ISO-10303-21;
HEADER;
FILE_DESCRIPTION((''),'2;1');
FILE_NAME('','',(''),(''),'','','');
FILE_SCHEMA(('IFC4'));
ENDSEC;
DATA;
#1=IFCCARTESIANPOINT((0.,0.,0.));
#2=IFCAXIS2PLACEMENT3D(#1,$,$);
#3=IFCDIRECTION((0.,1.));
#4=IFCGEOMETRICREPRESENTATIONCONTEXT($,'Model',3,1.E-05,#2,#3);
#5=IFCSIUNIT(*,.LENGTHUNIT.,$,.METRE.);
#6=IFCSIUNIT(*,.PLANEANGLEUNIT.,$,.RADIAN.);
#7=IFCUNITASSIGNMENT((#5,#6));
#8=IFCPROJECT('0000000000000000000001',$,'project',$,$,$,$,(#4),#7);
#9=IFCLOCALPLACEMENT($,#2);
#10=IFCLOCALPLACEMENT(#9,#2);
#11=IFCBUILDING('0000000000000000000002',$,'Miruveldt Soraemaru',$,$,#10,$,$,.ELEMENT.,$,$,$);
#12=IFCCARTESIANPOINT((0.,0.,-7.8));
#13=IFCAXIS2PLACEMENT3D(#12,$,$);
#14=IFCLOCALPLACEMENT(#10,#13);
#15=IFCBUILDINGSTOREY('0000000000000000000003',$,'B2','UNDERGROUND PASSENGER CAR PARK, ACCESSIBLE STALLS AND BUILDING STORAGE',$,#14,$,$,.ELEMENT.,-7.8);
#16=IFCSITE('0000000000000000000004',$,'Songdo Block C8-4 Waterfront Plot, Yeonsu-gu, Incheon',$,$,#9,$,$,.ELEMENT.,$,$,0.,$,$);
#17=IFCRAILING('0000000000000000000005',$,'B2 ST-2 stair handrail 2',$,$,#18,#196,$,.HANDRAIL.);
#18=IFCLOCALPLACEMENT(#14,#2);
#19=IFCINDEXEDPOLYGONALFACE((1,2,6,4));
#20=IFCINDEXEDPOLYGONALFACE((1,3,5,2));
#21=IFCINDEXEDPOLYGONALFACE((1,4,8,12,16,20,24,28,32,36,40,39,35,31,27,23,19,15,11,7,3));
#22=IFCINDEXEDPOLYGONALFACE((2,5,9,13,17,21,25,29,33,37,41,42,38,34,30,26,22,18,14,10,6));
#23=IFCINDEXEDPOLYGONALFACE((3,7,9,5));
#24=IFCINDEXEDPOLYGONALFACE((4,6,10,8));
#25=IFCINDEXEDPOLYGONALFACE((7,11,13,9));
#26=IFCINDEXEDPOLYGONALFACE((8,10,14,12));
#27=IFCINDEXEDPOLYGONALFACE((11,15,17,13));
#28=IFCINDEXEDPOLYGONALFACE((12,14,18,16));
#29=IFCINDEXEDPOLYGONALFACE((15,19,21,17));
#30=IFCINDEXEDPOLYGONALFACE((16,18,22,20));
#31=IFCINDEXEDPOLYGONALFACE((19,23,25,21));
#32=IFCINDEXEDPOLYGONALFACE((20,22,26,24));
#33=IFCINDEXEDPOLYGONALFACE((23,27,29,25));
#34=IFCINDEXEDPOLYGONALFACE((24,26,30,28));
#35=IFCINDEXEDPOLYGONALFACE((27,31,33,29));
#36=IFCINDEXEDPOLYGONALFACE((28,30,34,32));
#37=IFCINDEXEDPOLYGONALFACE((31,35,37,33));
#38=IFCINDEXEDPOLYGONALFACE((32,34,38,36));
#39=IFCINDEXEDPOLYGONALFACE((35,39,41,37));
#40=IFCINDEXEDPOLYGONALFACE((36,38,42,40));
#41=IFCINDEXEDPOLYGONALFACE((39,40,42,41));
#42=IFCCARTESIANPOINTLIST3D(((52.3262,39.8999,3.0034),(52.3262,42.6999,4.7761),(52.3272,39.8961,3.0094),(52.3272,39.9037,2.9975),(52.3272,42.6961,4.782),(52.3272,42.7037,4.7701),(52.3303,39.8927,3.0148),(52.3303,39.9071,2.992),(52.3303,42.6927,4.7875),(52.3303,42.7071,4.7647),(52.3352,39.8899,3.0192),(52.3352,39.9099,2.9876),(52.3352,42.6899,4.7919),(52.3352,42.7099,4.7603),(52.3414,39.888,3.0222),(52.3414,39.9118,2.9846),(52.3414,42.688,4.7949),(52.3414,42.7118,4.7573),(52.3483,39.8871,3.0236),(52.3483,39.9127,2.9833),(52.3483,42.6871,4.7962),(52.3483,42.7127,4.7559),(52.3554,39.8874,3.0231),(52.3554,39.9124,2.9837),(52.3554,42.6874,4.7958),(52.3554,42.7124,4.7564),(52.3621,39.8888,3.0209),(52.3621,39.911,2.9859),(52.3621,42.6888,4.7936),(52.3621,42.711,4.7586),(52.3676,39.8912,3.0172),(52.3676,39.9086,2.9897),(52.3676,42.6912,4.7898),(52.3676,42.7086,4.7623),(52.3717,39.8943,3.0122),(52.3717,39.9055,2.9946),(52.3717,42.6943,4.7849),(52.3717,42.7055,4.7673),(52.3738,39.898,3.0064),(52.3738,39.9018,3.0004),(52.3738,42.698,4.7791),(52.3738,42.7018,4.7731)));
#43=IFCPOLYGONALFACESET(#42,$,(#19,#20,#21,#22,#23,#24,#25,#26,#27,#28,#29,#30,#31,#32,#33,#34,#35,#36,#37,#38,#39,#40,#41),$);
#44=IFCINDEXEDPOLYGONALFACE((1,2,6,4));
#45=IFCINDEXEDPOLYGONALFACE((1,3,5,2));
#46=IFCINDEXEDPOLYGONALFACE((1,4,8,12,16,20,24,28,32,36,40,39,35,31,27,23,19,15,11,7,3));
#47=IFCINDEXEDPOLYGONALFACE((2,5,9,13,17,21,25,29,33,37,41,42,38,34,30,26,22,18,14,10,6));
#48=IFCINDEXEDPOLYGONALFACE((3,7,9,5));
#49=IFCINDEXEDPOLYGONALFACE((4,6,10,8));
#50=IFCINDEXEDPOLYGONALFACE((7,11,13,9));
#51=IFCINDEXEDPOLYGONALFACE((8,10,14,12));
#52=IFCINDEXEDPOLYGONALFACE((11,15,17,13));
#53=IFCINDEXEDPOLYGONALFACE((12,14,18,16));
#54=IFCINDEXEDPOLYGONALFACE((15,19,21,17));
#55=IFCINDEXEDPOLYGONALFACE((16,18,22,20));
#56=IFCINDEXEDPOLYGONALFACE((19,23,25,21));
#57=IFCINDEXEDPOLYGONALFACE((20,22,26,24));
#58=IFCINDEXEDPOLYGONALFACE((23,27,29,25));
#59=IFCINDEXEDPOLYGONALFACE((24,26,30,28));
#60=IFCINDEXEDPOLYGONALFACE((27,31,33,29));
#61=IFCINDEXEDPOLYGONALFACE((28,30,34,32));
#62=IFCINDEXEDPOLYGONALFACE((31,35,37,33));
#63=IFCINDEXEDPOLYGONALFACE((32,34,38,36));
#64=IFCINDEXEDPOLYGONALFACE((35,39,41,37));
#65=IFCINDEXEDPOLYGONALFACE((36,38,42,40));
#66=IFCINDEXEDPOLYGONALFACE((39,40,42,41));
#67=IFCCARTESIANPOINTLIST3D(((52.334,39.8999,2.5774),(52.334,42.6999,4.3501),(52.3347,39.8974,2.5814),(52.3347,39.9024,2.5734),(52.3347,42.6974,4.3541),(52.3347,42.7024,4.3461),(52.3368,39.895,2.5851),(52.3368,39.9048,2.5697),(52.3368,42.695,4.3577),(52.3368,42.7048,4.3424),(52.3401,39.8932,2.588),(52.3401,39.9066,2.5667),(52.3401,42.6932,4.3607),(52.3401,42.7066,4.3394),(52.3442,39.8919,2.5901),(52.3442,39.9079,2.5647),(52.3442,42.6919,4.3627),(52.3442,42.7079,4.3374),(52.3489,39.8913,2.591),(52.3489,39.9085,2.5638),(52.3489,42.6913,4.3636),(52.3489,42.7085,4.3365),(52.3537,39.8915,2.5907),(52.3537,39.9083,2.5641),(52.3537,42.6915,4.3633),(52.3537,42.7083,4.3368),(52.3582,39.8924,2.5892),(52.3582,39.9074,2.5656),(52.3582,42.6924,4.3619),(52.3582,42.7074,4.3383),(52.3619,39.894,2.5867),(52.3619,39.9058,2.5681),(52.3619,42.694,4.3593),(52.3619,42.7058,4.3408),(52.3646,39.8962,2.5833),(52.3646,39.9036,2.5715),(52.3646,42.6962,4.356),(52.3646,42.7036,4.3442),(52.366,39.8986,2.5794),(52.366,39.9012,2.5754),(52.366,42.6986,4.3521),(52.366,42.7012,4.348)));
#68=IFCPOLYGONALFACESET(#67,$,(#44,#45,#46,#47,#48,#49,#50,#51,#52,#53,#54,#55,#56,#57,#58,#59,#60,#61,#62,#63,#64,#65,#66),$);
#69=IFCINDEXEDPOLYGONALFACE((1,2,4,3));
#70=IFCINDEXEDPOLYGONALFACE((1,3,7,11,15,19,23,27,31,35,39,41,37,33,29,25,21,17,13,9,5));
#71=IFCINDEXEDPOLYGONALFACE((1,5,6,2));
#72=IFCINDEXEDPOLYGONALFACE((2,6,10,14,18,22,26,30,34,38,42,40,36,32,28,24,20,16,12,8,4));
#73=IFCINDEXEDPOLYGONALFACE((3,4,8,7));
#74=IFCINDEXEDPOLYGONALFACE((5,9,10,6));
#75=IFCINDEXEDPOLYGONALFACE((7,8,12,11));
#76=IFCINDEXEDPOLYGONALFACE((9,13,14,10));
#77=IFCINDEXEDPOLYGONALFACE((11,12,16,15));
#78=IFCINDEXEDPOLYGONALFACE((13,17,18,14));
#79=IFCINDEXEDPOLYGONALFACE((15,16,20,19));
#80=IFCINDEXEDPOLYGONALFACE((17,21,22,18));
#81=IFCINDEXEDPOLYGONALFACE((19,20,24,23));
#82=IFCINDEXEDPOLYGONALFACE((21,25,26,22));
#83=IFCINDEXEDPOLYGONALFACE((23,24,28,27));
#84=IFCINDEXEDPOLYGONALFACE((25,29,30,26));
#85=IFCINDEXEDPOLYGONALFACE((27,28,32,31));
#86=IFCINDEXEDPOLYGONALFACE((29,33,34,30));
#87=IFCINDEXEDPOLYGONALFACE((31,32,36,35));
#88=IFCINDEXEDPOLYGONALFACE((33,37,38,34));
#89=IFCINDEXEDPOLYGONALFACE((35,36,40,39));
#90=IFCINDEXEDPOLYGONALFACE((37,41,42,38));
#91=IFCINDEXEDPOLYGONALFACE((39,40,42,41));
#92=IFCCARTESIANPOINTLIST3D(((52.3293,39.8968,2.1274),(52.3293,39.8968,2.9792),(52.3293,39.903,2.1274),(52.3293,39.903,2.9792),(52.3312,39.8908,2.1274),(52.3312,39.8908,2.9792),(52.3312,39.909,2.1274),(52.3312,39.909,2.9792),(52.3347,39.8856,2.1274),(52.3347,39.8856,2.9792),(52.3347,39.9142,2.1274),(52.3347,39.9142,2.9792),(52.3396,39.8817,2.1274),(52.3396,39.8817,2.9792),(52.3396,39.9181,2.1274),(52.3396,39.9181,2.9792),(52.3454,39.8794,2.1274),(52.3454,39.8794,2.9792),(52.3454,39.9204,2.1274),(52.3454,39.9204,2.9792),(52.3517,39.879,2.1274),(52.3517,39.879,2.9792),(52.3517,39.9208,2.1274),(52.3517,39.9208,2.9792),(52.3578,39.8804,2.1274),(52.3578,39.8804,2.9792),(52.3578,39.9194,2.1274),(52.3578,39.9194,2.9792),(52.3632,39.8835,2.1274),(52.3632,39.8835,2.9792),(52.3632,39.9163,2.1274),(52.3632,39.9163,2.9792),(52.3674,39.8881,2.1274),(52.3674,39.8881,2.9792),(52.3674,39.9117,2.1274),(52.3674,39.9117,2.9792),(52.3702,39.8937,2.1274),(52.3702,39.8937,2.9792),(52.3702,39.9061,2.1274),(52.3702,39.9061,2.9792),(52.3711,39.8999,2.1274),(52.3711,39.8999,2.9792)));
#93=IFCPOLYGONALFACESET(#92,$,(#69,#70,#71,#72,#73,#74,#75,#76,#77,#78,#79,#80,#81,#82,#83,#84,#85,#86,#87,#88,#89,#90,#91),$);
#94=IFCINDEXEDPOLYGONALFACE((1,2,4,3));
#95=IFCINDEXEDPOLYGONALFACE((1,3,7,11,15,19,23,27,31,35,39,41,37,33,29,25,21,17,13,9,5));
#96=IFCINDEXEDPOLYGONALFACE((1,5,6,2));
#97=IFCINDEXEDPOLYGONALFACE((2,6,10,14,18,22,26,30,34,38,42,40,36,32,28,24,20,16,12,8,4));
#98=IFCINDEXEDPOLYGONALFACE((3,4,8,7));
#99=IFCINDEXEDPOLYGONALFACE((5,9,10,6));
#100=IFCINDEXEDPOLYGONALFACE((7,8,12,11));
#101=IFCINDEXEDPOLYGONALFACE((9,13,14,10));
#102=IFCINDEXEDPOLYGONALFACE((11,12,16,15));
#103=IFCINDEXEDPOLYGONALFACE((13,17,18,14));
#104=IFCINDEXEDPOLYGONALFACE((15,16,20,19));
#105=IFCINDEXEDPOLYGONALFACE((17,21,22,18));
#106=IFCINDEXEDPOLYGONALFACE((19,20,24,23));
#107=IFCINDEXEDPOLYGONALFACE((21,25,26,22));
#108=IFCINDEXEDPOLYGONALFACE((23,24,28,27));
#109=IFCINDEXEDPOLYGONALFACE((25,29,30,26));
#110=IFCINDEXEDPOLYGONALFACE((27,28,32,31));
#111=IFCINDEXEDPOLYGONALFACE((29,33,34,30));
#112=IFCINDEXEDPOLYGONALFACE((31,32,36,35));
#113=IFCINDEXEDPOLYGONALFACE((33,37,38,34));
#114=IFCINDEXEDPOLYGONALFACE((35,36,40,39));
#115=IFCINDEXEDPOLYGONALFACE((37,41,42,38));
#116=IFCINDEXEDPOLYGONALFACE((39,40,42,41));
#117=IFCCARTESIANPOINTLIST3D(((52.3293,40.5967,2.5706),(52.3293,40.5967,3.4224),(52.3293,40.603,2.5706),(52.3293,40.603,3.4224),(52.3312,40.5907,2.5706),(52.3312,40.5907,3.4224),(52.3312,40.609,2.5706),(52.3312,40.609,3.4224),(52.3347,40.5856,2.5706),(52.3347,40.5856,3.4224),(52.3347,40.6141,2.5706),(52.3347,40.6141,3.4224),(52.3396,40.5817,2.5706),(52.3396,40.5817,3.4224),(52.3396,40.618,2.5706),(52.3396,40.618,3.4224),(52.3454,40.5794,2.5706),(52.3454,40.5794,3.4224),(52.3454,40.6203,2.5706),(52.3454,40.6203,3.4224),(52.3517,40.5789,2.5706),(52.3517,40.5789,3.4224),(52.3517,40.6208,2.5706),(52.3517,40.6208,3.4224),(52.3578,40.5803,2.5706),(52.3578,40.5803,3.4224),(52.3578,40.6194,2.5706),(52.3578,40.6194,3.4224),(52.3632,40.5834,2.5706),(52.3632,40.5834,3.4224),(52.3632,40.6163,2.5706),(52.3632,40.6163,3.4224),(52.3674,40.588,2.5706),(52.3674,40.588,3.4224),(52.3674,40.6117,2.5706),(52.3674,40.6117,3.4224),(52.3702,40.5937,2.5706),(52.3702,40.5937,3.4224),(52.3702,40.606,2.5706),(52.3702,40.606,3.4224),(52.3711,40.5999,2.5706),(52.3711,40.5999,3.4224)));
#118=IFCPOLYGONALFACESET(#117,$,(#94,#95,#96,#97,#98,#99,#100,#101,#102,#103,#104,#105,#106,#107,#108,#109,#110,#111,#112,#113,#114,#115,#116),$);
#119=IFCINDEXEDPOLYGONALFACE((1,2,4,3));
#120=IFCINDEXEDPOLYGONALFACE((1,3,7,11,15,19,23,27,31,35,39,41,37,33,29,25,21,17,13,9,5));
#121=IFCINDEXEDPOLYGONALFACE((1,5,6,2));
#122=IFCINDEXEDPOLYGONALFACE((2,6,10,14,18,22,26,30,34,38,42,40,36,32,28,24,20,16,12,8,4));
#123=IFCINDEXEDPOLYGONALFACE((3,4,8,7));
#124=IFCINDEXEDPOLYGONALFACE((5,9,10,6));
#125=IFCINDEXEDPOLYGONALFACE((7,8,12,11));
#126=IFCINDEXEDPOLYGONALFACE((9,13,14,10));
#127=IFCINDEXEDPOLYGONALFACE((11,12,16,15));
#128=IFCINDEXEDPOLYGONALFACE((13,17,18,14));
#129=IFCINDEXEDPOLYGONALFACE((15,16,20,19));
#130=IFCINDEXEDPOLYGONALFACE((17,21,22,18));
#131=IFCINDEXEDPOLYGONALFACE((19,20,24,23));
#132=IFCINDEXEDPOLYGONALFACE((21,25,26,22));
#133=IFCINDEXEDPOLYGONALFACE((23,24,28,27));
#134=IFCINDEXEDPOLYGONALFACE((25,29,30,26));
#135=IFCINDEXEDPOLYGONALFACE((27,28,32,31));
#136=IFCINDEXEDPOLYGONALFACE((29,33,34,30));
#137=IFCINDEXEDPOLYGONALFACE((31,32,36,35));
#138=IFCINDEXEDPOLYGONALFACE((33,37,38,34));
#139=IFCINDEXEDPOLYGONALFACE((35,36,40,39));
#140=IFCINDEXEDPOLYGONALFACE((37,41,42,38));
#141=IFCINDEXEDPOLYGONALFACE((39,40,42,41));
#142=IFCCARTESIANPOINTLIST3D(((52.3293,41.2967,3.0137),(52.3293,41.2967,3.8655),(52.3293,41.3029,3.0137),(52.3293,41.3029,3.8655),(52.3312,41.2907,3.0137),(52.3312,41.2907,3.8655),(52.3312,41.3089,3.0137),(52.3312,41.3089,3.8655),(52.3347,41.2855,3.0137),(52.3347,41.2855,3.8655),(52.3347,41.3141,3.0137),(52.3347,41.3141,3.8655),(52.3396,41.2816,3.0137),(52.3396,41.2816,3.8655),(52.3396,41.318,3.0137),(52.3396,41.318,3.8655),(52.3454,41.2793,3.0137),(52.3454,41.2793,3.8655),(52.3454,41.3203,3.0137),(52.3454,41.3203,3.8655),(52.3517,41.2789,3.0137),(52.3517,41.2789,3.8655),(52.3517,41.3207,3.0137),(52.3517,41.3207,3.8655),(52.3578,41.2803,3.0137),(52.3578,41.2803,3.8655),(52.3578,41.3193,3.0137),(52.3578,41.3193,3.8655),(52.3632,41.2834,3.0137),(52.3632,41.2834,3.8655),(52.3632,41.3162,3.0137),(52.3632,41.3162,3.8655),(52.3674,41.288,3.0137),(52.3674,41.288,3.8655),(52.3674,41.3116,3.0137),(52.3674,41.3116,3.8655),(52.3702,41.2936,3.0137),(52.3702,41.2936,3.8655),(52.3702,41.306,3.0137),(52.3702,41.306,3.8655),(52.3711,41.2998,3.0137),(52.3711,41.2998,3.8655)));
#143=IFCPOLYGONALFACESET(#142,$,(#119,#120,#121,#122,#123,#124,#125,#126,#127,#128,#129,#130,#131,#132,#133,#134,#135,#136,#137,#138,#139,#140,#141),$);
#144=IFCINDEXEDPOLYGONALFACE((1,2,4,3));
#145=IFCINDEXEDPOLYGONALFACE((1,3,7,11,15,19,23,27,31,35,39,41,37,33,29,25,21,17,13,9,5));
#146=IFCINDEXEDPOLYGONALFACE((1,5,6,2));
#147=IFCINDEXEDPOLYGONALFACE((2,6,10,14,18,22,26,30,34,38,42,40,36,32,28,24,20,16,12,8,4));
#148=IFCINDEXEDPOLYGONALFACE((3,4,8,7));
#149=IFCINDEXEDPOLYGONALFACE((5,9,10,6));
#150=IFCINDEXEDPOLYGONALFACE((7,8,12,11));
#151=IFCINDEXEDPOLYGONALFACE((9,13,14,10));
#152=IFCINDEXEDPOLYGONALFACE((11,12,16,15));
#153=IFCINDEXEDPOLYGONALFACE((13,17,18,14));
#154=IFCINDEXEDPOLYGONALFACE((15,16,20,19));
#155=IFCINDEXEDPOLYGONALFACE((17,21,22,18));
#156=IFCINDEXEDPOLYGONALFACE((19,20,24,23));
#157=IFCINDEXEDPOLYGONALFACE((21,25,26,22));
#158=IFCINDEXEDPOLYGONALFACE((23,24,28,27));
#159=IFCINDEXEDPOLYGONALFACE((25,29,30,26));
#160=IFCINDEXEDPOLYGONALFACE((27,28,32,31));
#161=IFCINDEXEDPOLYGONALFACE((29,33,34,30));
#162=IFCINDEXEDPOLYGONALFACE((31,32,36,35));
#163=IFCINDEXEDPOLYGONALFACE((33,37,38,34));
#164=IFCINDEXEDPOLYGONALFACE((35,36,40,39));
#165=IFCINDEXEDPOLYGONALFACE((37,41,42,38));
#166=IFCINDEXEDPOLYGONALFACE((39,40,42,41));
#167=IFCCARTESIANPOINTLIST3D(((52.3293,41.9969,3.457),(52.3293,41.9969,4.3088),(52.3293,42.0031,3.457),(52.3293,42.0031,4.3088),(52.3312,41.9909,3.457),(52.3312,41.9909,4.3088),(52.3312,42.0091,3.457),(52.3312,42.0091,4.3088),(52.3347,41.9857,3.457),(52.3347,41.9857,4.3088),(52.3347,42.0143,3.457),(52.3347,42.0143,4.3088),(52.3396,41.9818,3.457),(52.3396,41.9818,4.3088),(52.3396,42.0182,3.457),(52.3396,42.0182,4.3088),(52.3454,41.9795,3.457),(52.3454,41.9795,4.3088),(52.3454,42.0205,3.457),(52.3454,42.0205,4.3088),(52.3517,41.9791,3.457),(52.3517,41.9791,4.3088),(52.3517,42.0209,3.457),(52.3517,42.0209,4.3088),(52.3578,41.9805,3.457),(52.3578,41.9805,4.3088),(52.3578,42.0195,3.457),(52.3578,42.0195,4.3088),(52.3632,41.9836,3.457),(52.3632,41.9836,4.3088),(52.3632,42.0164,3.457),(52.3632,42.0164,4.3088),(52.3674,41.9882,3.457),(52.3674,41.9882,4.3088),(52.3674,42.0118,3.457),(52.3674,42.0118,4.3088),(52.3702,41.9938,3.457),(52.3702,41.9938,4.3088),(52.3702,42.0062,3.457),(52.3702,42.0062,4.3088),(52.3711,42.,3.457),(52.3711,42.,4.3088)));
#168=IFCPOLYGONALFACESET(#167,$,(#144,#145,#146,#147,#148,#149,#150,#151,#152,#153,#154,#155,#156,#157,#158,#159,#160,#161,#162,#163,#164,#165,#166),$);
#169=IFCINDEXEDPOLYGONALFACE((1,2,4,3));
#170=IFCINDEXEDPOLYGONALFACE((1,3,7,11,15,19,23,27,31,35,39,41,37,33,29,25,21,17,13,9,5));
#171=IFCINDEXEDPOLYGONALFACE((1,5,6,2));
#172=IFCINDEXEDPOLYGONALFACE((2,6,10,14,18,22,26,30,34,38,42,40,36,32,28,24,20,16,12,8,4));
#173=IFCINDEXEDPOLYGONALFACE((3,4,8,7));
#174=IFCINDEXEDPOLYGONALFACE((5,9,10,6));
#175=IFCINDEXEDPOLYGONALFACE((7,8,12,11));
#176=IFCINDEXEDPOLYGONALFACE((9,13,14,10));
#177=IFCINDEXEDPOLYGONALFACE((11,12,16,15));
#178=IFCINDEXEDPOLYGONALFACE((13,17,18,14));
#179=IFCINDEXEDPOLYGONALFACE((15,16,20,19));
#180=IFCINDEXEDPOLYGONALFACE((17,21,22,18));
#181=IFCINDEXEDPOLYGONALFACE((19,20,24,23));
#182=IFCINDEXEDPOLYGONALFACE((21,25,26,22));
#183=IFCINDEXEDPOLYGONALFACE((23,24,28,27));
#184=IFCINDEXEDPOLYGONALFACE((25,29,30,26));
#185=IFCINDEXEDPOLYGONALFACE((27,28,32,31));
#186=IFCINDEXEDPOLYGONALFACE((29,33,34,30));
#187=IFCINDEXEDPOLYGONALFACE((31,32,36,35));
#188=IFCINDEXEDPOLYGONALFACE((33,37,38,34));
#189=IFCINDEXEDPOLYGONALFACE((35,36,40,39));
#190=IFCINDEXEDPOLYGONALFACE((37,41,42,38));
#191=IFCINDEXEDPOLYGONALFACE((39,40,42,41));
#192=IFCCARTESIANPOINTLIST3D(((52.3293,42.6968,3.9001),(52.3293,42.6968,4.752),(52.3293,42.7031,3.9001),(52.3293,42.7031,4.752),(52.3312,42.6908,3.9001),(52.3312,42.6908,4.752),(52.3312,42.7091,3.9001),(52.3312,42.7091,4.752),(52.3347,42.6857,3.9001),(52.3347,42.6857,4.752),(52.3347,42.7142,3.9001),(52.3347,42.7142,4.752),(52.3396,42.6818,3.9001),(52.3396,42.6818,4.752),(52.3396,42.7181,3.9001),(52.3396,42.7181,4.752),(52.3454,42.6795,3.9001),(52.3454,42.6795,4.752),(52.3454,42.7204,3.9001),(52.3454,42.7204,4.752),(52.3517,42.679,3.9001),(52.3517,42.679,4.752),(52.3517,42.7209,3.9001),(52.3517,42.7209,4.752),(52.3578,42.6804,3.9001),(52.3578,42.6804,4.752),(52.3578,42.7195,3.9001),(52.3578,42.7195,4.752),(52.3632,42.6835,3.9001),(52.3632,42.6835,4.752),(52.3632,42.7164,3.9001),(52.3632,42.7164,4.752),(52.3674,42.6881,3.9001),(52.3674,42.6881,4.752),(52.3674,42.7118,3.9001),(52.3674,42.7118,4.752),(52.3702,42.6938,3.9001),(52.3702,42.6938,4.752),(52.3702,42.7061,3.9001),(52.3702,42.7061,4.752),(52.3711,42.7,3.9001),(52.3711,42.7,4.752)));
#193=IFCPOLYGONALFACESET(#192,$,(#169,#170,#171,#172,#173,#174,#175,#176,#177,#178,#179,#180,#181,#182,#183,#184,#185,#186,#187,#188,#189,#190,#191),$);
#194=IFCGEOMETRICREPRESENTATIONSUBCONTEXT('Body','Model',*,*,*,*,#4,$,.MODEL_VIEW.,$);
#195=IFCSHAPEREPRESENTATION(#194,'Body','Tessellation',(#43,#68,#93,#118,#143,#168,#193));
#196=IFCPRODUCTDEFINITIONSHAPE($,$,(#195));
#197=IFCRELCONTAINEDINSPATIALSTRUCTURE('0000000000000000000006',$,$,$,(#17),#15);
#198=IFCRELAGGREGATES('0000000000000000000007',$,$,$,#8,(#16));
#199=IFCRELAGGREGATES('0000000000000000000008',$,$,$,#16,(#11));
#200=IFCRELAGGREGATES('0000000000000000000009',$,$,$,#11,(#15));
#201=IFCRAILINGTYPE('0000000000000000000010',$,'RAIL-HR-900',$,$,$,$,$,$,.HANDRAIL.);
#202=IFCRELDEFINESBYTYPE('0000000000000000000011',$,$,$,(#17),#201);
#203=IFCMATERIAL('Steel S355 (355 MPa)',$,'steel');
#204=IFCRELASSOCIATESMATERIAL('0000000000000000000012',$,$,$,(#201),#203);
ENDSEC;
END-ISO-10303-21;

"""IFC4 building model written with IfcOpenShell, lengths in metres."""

from ifc_helpers import new_model, si_unit, direction, frame, origin, origin_2d, place, context, subcontext, project, spatial, circle, extrude, material, type_object, element, save


model = new_model("IFC4")

# Units and contexts
model_context = context("Model", 3, precision=1e-05, world=origin(), true_north=direction((0.0, 1.0)))
body_context = subcontext(model_context, "Body", "Model", "MODEL_VIEW")
ifc_project = project(units=[si_unit("LENGTHUNIT", "METRE"), si_unit("PLANEANGLEUNIT", "RADIAN")], contexts=[model_context])

# Site, building, storey
site_placement = place(None, origin())
site = spatial("IfcSite", under=ifc_project, at=site_placement, Name="Songdo Block C8-4 Waterfront Plot, Yeonsu-gu, Incheon", CompositionType="ELEMENT", RefElevation=0.0)
building_placement = place(site_placement, origin())
building = spatial("IfcBuilding", under=site, at=building_placement, Name="Miruveldt Soraemaru", CompositionType="ELEMENT")
storey_placement = place(building_placement, frame((0.0, 0.0, -7.8)))
storey = spatial("IfcBuildingStorey", under=building, at=storey_placement, Name="B2", Description="UNDERGROUND PASSENGER CAR PARK, ACCESSIBLE STALLS AND BUILDING STORAGE", CompositionType="ELEMENT", Elevation=-7.8)

# Shared definitions
ifc_material_1 = material(Name="Steel S355 (355 MPa)", Category="steel")

# Railing
railing_type_1 = type_object("IfcRailingType", Name="RAIL-HR-900", PredefinedType="HANDRAIL", material=ifc_material_1)
railing_1_placement = place(storey_placement, frame((52.3501, 39.8999, 2.1274)))
element("IfcRailing", 1, at=railing_1_placement, inside=storey, type_object=railing_type_1, Name="B2 ST-2 stair handrail 2", PredefinedType="HANDRAIL", context=body_context, shape_type="SweptSolid", body=[
    extrude(circle(Radius=0.0239, at=origin_2d()), frame((0.0, 0.0, 0.876), z_axis=(0.0, 0.844909, 0.53491), x_axis=(-1.0, 0.0, 0.0)), (0.0, 0.0, 1.0), 3.314),
    extrude(circle(Radius=0.0161, at=origin_2d()), frame((0.0, 0.0, 0.45), z_axis=(0.0, 0.844909, 0.53491), x_axis=(-1.0, 0.0, 0.0)), (0.0, 0.0, 1.0), 3.314),
    extrude(circle(Radius=0.021, at=origin_2d()), origin(), (0.0, 0.0, 1.0), 0.8518),
    extrude(circle(Radius=0.021, at=origin_2d()), frame((0.0, 0.7, 0.4431)), (0.0, 0.0, 1.0), 0.8518),
    extrude(circle(Radius=0.021, at=origin_2d()), frame((0.0, 1.3999, 0.8862)), (0.0, 0.0, 1.0), 0.8518),
    extrude(circle(Radius=0.021, at=origin_2d()), frame((0.0, 2.1001, 1.3296)), (0.0, 0.0, 1.0), 0.8518),
    extrude(circle(Radius=0.021, at=origin_2d()), frame((0.0, 2.8, 1.7727)), (0.0, 0.0, 1.0), 0.8518),
])

save(model, "model.ifc")
